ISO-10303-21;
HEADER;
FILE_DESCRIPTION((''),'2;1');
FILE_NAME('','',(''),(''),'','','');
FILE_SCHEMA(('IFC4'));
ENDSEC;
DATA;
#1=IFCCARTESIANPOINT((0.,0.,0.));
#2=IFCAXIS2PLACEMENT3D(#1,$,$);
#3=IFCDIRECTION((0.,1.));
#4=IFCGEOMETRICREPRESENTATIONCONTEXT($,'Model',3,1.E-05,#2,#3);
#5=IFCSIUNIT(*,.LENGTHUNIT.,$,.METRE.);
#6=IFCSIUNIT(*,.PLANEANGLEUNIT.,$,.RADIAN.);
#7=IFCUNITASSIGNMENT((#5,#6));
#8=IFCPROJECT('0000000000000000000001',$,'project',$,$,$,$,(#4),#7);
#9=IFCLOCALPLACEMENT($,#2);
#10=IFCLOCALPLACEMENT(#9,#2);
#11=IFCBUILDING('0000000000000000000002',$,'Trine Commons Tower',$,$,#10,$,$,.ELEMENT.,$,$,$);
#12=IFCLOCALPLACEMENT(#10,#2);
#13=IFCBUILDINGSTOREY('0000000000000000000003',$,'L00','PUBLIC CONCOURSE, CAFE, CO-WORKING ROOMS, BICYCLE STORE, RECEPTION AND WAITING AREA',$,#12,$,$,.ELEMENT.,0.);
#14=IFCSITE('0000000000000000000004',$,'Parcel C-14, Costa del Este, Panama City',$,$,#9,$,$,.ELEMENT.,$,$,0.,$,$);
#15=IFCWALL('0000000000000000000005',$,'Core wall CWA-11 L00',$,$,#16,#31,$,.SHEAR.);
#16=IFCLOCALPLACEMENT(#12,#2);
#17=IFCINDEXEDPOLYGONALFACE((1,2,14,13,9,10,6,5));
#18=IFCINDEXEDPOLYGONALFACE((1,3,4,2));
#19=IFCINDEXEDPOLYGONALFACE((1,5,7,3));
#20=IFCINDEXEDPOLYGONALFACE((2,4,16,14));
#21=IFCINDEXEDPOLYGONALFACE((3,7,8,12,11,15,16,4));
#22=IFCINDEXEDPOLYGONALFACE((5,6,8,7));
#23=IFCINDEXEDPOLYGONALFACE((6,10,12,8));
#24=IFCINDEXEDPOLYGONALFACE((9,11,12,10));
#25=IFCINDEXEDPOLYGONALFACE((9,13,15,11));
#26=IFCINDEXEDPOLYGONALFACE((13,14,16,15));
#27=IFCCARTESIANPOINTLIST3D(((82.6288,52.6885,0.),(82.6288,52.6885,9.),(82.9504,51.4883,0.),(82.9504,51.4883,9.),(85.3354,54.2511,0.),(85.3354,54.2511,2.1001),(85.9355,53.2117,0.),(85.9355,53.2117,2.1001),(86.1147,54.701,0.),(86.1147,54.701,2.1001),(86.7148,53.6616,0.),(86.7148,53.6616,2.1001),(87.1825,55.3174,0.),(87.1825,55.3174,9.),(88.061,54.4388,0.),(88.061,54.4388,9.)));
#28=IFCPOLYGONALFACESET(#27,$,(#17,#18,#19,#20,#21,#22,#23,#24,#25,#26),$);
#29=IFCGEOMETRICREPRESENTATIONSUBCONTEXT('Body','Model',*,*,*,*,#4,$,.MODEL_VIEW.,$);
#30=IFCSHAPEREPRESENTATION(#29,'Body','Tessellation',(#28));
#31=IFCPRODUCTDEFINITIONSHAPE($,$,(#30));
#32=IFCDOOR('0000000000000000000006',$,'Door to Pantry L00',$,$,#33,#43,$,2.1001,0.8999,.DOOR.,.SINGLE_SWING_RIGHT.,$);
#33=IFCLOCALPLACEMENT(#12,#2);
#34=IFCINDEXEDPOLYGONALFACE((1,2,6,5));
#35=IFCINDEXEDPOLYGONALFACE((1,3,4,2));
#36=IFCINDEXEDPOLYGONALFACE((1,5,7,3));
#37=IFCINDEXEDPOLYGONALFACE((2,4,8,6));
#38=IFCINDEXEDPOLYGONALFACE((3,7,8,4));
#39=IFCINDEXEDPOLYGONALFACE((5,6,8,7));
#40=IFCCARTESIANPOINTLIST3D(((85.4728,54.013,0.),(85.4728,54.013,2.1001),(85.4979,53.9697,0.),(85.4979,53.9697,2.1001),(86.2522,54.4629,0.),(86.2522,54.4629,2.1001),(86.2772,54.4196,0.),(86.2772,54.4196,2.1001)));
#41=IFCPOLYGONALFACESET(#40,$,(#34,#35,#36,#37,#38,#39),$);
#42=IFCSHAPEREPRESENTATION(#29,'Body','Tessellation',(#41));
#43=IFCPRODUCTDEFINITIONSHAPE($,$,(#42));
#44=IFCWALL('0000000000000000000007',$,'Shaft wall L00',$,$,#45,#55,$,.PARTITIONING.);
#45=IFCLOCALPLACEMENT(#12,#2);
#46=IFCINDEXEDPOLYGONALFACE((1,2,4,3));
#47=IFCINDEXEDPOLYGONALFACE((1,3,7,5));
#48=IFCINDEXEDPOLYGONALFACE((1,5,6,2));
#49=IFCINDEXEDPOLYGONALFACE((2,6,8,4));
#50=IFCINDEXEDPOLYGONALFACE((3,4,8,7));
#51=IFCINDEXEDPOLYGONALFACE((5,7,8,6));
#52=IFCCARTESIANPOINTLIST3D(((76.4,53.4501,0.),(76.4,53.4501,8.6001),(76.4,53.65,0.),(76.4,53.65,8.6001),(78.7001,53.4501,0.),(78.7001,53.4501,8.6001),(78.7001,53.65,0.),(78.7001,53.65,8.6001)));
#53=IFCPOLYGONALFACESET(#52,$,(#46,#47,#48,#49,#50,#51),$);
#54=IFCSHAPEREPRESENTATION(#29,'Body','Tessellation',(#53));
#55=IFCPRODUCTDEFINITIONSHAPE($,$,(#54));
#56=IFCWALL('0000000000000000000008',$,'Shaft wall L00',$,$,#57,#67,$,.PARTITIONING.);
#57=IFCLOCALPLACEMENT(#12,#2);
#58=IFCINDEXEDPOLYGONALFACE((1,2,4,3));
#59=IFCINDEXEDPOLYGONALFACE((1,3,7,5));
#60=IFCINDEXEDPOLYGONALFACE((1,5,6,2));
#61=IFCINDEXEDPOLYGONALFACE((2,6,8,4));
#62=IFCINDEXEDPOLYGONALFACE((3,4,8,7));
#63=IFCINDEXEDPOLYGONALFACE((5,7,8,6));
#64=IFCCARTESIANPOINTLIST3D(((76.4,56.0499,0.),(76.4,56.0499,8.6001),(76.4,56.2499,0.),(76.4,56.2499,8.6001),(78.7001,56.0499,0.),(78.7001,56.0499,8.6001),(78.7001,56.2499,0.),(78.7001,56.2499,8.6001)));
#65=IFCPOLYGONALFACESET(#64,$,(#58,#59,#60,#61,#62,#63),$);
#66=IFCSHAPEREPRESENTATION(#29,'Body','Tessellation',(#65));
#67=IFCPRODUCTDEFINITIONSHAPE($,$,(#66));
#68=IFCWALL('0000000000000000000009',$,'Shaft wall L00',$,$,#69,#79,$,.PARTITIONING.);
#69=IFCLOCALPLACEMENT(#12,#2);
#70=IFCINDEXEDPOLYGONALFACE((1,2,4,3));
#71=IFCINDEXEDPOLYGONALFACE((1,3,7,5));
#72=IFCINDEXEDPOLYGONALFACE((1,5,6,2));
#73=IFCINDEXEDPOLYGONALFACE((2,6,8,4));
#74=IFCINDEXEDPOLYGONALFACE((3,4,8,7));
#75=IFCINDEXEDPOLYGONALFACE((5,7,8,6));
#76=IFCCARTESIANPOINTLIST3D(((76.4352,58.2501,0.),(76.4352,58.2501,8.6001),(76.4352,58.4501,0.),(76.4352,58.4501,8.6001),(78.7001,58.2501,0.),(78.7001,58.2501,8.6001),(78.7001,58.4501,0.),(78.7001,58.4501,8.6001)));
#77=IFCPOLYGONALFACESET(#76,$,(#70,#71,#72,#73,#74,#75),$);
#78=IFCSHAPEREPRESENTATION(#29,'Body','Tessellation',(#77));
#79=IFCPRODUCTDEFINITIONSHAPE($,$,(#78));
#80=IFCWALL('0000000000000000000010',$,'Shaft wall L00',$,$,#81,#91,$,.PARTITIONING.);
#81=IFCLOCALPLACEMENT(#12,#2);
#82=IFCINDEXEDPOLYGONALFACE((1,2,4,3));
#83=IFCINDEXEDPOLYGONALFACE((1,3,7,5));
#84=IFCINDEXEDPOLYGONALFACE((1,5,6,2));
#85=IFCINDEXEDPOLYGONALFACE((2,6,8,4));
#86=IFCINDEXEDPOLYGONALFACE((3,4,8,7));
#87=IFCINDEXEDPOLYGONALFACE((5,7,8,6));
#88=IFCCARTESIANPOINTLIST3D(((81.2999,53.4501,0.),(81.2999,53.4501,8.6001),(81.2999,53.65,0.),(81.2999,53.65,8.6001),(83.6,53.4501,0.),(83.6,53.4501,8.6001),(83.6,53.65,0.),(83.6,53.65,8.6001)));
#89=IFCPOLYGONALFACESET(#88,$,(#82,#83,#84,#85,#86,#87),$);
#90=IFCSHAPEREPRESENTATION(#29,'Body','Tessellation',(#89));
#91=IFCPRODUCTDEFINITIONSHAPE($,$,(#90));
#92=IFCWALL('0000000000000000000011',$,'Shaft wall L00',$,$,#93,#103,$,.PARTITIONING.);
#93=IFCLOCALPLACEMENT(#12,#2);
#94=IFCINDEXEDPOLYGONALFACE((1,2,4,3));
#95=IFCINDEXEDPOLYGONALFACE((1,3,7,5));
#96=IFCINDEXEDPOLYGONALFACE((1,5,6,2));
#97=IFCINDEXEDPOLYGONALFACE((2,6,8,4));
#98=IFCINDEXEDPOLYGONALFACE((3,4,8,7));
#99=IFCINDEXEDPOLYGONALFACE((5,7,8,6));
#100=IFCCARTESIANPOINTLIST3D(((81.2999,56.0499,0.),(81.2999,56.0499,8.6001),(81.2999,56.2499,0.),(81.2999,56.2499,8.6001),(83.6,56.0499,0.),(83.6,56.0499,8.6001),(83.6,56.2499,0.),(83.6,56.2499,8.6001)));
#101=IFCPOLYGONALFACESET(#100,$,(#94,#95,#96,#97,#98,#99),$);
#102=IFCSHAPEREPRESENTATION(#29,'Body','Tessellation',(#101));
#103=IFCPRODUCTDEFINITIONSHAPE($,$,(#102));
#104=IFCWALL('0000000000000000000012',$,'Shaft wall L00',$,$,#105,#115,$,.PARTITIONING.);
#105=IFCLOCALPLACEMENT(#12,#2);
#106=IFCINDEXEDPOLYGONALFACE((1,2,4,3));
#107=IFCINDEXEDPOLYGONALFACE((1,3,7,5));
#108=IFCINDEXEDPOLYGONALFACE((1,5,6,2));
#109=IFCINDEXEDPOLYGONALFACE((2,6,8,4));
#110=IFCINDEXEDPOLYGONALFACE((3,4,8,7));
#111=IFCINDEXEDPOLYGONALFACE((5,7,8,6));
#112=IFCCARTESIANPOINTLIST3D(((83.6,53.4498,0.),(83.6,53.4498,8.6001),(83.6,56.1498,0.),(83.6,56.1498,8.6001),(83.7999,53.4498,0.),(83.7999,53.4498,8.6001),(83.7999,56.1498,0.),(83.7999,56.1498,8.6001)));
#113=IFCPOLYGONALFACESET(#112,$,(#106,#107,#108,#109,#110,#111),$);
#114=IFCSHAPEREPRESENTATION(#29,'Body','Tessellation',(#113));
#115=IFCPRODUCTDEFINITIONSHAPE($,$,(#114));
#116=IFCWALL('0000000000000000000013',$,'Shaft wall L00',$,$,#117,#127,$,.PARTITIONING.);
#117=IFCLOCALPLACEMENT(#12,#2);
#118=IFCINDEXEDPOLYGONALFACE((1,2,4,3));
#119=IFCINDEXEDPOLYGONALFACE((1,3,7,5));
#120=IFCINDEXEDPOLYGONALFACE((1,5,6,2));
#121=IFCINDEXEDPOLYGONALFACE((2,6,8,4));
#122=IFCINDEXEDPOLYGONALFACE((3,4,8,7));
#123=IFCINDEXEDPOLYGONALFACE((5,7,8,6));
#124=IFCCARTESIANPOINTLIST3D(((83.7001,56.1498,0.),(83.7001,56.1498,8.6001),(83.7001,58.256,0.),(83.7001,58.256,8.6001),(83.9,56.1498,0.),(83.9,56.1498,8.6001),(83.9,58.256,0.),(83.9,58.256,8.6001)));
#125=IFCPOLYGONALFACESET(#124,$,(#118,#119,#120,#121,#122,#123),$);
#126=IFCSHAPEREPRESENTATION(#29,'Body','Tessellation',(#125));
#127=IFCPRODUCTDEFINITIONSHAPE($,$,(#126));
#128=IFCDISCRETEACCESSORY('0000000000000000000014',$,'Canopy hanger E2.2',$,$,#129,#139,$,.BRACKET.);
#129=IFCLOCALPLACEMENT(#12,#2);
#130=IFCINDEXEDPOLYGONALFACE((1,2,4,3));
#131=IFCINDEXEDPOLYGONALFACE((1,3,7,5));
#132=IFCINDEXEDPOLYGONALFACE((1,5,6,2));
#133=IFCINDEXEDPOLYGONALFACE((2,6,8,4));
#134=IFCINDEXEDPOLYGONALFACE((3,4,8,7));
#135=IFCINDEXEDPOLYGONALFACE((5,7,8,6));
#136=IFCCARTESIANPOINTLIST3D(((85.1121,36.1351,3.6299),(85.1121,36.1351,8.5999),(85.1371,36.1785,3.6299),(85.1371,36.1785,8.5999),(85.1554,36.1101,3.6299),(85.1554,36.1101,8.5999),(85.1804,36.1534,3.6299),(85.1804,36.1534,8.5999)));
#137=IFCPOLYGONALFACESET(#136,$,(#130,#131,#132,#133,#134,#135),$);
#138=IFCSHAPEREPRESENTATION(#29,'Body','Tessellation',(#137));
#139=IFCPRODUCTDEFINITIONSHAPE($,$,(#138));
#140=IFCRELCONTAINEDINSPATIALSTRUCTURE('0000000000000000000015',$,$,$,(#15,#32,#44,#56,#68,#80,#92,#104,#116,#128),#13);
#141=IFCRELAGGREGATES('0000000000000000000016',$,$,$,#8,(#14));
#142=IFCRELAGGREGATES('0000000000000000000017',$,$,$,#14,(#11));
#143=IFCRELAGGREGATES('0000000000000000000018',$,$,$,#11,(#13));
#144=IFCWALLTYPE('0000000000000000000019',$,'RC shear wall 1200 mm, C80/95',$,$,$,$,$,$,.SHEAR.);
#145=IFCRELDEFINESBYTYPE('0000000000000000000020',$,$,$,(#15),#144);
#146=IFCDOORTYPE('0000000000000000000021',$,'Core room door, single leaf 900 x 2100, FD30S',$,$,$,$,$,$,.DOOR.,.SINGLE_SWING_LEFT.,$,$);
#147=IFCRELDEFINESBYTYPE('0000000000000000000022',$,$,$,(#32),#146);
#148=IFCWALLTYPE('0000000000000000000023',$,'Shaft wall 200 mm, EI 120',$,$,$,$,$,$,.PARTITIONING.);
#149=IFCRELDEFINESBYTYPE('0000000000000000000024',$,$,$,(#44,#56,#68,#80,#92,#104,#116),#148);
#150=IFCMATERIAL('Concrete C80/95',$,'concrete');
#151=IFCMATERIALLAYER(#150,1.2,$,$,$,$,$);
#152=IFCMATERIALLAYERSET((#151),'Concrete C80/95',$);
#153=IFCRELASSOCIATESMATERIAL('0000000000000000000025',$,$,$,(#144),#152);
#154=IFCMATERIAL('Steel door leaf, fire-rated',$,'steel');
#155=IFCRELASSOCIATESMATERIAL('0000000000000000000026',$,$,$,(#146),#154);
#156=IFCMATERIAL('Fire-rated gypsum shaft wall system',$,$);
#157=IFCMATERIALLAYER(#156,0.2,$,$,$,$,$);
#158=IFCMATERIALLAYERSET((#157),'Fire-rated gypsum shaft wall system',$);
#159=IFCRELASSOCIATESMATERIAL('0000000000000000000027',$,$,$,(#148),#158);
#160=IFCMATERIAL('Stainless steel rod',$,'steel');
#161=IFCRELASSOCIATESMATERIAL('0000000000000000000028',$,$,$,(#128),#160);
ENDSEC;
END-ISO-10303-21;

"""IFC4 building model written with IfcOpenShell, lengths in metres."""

from ifc_helpers import new_model, si_unit, direction, frame, frame_2d, origin, origin_2d, place, context, subcontext, project, spatial, polyline, rectangle, outline, extrude, material, layer, layer_set, type_object, element, fill, save


model = new_model("IFC4")

# Units and contexts
model_context = context("Model", 3, precision=1e-05, world=origin(), true_north=direction((0.0, 1.0)))
body_context = subcontext(model_context, "Body", "Model", "MODEL_VIEW")
ifc_project = project(units=[si_unit("LENGTHUNIT", "METRE"), si_unit("PLANEANGLEUNIT", "RADIAN")], contexts=[model_context])

# Site, building, storey
site_placement = place(None, origin())
site = spatial("IfcSite", under=ifc_project, at=site_placement, Name="Parcel C-14, Costa del Este, Panama City", CompositionType="ELEMENT", RefElevation=0.0)
building_placement = place(site_placement, origin())
building = spatial("IfcBuilding", under=site, at=building_placement, Name="Trine Commons Tower", CompositionType="ELEMENT")
storey_placement = place(building_placement, origin())
storey = spatial("IfcBuildingStorey", under=building, at=storey_placement, Name="L00", Description="PUBLIC CONCOURSE, CAFE, CO-WORKING ROOMS, BICYCLE STORE, RECEPTION AND WAITING AREA", CompositionType="ELEMENT", Elevation=0.0)

# Shared definitions
ifc_material_1 = material(Name="Concrete C80/95", Category="concrete")

# Wall, opening, door
ifc_layer_1 = layer(ifc_material_1, 1.2)
ifc_layer_set_1 = layer_set([ifc_layer_1], Name="Concrete C80/95")
wall_type_1 = type_object("IfcWallType", Name="RC shear wall 1200 mm, C80/95", PredefinedType="SHEAR", material=ifc_layer_set_1)
wall_1_placement = place(storey_placement, frame((82.6504, 52.0081, 0.0), z_axis=(0.0, 0.0, 1.0), x_axis=(0.866037, 0.499979, 0.0)))
wall_1 = element("IfcWall", 1, at=wall_1_placement, inside=storey, type_object=wall_type_1, Name="Core wall CWA-11 L00", PredefinedType="SHEAR", context=body_context, shape_type="SweptSolid", body=[
    extrude(outline(polyline([(0.0, -0.6001), (5.9011, -0.6001), (5.5796, 0.6001), (0.3215, 0.6001), (0.0, -0.6001)])), origin(), (0.0, 0.0, 1.0), 9.0),
])
opening_1_placement = place(wall_1_placement, frame((3.4468, 0.0, 0.0)))
opening_1 = element("IfcOpeningElement", 2, at=opening_1_placement, cuts=wall_1, PredefinedType="OPENING", context=body_context, shape_type="SweptSolid", body=[
    extrude(rectangle(XDim=0.8999, YDim=2.1001, at=frame_2d((0.45, 1.05))), frame((0.0, 0.6099, 0.0), z_axis=(0.0, -1.0, 0.0), x_axis=(1.0, 0.0, 0.0)), (0.0, 0.0, 1.0), 1.22),
])
ifc_material_2 = material(Name="Steel door leaf, fire-rated", Category="steel")
door_type_1 = type_object("IfcDoorType", Name="Core room door, single leaf 900 x 2100, FD30S", OperationType="SINGLE_SWING_LEFT", PredefinedType="DOOR", material=ifc_material_2)
door_1_placement = place(opening_1_placement, origin())
door_1 = element("IfcDoor", 3, at=door_1_placement, inside=storey, type_object=door_type_1, Name="Door to Pantry L00", OperationType="SINGLE_SWING_RIGHT", OverallHeight=2.1001, OverallWidth=0.8999, PredefinedType="DOOR", context=body_context, shape_type="SweptSolid", body=[
    extrude(rectangle(XDim=0.8999, YDim=2.1001, at=frame_2d((0.45, 1.05))), frame((0.0, 0.3252, 0.0), z_axis=(0.0, -1.0, 0.0), x_axis=(1.0, 0.0, 0.0)), (0.0, 0.0, 1.0), 0.05),
])
fill(opening_1, door_1)

# Walls
ifc_material_3 = material(Name="Fire-rated gypsum shaft wall system")
ifc_layer_2 = layer(ifc_material_3, 0.2)
ifc_layer_set_2 = layer_set([ifc_layer_2], Name="Fire-rated gypsum shaft wall system")
wall_type_2 = type_object("IfcWallType", Name="Shaft wall 200 mm, EI 120", PredefinedType="PARTITIONING", material=ifc_layer_set_2)
for number, where, z_axis, x_axis, name in (
    (4, (78.7, 53.55, 0.0), (0.0, 0.0, 1.0), (-1.0, 0.0, 0.0), "Shaft wall L00"),
    (5, (78.7, 56.1499, 0.0), (0.0, 0.0, 1.0), (-1.0, 0.0, 0.0), "Shaft wall L00"),
):
    element("IfcWall", number, at=place(storey_placement, frame(where, z_axis=z_axis, x_axis=x_axis)), inside=storey, type_object=wall_type_2, Name=name, PredefinedType="PARTITIONING", context=body_context, shape_type="SweptSolid", body=[
        extrude(rectangle(XDim=2.3, YDim=0.2, at=frame_2d((1.1499, 0.0))), origin(), (0.0, 0.0, 1.0), 8.6001),
    ])
wall_2_placement = place(storey_placement, frame((78.7, 58.3501, 0.0), z_axis=(0.0, 0.0, 1.0), x_axis=(-1.0, 0.0, 0.0)))
element("IfcWall", 6, at=wall_2_placement, inside=storey, type_object=wall_type_2, Name="Shaft wall L00", PredefinedType="PARTITIONING", context=body_context, shape_type="SweptSolid", body=[
    extrude(rectangle(XDim=2.2649, YDim=0.2, at=frame_2d((1.1323, 0.0))), origin(), (0.0, 0.0, 1.0), 8.6001),
])
for number, where, z_axis, x_axis, name in (
    (7, (81.3, 53.55, 0.0), (0.0, 0.0, 1.0), (1.0, 0.0, 0.0), "Shaft wall L00"),
    (8, (81.3, 56.1499, 0.0), (0.0, 0.0, 1.0), (1.0, 0.0, 0.0), "Shaft wall L00"),
):
    element("IfcWall", number, at=place(storey_placement, frame(where, z_axis=z_axis, x_axis=x_axis)), inside=storey, type_object=wall_type_2, Name=name, PredefinedType="PARTITIONING", context=body_context, shape_type="SweptSolid", body=[
        extrude(rectangle(XDim=2.3, YDim=0.2, at=frame_2d((1.1499, 0.0))), origin(), (0.0, 0.0, 1.0), 8.6001),
    ])
wall_3_placement = place(storey_placement, frame((83.7, 56.1499, 0.0), z_axis=(0.0, 0.0, 1.0), x_axis=(0.0, -1.0, 0.0)))
element("IfcWall", 9, at=wall_3_placement, inside=storey, type_object=wall_type_2, Name="Shaft wall L00", PredefinedType="PARTITIONING", context=body_context, shape_type="SweptSolid", body=[
    extrude(rectangle(XDim=2.7, YDim=0.2, at=frame_2d((1.3501, 0.0))), origin(), (0.0, 0.0, 1.0), 8.6001),
])
wall_4_placement = place(storey_placement, frame((83.8, 58.2561, 0.0), z_axis=(0.0, 0.0, 1.0), x_axis=(0.0, -1.0, 0.0)))
element("IfcWall", 10, at=wall_4_placement, inside=storey, type_object=wall_type_2, Name="Shaft wall L00", PredefinedType="PARTITIONING", context=body_context, shape_type="SweptSolid", body=[
    extrude(rectangle(XDim=2.1062, YDim=0.2, at=frame_2d((1.0532, 0.0))), origin(), (0.0, 0.0, 1.0), 8.6001),
])

# Discrete accessory
ifc_material_4 = material(Name="Stainless steel rod", Category="steel")
discrete_accessory_placement = place(storey_placement, frame((85.1462, 36.1443, 3.6299), z_axis=(0.0, 0.0, 1.0), x_axis=(-0.5, -0.866025, 0.0)))
element("IfcDiscreteAccessory", 11, at=discrete_accessory_placement, inside=storey, material=ifc_material_4, Name="Canopy hanger E2.2", PredefinedType="BRACKET", context=body_context, shape_type="SweptSolid", body=[
    extrude(rectangle(XDim=0.05, YDim=0.05, at=origin_2d()), origin(), (0.0, 0.0, 1.0), 4.97),
])

save(model, "model.ifc")
